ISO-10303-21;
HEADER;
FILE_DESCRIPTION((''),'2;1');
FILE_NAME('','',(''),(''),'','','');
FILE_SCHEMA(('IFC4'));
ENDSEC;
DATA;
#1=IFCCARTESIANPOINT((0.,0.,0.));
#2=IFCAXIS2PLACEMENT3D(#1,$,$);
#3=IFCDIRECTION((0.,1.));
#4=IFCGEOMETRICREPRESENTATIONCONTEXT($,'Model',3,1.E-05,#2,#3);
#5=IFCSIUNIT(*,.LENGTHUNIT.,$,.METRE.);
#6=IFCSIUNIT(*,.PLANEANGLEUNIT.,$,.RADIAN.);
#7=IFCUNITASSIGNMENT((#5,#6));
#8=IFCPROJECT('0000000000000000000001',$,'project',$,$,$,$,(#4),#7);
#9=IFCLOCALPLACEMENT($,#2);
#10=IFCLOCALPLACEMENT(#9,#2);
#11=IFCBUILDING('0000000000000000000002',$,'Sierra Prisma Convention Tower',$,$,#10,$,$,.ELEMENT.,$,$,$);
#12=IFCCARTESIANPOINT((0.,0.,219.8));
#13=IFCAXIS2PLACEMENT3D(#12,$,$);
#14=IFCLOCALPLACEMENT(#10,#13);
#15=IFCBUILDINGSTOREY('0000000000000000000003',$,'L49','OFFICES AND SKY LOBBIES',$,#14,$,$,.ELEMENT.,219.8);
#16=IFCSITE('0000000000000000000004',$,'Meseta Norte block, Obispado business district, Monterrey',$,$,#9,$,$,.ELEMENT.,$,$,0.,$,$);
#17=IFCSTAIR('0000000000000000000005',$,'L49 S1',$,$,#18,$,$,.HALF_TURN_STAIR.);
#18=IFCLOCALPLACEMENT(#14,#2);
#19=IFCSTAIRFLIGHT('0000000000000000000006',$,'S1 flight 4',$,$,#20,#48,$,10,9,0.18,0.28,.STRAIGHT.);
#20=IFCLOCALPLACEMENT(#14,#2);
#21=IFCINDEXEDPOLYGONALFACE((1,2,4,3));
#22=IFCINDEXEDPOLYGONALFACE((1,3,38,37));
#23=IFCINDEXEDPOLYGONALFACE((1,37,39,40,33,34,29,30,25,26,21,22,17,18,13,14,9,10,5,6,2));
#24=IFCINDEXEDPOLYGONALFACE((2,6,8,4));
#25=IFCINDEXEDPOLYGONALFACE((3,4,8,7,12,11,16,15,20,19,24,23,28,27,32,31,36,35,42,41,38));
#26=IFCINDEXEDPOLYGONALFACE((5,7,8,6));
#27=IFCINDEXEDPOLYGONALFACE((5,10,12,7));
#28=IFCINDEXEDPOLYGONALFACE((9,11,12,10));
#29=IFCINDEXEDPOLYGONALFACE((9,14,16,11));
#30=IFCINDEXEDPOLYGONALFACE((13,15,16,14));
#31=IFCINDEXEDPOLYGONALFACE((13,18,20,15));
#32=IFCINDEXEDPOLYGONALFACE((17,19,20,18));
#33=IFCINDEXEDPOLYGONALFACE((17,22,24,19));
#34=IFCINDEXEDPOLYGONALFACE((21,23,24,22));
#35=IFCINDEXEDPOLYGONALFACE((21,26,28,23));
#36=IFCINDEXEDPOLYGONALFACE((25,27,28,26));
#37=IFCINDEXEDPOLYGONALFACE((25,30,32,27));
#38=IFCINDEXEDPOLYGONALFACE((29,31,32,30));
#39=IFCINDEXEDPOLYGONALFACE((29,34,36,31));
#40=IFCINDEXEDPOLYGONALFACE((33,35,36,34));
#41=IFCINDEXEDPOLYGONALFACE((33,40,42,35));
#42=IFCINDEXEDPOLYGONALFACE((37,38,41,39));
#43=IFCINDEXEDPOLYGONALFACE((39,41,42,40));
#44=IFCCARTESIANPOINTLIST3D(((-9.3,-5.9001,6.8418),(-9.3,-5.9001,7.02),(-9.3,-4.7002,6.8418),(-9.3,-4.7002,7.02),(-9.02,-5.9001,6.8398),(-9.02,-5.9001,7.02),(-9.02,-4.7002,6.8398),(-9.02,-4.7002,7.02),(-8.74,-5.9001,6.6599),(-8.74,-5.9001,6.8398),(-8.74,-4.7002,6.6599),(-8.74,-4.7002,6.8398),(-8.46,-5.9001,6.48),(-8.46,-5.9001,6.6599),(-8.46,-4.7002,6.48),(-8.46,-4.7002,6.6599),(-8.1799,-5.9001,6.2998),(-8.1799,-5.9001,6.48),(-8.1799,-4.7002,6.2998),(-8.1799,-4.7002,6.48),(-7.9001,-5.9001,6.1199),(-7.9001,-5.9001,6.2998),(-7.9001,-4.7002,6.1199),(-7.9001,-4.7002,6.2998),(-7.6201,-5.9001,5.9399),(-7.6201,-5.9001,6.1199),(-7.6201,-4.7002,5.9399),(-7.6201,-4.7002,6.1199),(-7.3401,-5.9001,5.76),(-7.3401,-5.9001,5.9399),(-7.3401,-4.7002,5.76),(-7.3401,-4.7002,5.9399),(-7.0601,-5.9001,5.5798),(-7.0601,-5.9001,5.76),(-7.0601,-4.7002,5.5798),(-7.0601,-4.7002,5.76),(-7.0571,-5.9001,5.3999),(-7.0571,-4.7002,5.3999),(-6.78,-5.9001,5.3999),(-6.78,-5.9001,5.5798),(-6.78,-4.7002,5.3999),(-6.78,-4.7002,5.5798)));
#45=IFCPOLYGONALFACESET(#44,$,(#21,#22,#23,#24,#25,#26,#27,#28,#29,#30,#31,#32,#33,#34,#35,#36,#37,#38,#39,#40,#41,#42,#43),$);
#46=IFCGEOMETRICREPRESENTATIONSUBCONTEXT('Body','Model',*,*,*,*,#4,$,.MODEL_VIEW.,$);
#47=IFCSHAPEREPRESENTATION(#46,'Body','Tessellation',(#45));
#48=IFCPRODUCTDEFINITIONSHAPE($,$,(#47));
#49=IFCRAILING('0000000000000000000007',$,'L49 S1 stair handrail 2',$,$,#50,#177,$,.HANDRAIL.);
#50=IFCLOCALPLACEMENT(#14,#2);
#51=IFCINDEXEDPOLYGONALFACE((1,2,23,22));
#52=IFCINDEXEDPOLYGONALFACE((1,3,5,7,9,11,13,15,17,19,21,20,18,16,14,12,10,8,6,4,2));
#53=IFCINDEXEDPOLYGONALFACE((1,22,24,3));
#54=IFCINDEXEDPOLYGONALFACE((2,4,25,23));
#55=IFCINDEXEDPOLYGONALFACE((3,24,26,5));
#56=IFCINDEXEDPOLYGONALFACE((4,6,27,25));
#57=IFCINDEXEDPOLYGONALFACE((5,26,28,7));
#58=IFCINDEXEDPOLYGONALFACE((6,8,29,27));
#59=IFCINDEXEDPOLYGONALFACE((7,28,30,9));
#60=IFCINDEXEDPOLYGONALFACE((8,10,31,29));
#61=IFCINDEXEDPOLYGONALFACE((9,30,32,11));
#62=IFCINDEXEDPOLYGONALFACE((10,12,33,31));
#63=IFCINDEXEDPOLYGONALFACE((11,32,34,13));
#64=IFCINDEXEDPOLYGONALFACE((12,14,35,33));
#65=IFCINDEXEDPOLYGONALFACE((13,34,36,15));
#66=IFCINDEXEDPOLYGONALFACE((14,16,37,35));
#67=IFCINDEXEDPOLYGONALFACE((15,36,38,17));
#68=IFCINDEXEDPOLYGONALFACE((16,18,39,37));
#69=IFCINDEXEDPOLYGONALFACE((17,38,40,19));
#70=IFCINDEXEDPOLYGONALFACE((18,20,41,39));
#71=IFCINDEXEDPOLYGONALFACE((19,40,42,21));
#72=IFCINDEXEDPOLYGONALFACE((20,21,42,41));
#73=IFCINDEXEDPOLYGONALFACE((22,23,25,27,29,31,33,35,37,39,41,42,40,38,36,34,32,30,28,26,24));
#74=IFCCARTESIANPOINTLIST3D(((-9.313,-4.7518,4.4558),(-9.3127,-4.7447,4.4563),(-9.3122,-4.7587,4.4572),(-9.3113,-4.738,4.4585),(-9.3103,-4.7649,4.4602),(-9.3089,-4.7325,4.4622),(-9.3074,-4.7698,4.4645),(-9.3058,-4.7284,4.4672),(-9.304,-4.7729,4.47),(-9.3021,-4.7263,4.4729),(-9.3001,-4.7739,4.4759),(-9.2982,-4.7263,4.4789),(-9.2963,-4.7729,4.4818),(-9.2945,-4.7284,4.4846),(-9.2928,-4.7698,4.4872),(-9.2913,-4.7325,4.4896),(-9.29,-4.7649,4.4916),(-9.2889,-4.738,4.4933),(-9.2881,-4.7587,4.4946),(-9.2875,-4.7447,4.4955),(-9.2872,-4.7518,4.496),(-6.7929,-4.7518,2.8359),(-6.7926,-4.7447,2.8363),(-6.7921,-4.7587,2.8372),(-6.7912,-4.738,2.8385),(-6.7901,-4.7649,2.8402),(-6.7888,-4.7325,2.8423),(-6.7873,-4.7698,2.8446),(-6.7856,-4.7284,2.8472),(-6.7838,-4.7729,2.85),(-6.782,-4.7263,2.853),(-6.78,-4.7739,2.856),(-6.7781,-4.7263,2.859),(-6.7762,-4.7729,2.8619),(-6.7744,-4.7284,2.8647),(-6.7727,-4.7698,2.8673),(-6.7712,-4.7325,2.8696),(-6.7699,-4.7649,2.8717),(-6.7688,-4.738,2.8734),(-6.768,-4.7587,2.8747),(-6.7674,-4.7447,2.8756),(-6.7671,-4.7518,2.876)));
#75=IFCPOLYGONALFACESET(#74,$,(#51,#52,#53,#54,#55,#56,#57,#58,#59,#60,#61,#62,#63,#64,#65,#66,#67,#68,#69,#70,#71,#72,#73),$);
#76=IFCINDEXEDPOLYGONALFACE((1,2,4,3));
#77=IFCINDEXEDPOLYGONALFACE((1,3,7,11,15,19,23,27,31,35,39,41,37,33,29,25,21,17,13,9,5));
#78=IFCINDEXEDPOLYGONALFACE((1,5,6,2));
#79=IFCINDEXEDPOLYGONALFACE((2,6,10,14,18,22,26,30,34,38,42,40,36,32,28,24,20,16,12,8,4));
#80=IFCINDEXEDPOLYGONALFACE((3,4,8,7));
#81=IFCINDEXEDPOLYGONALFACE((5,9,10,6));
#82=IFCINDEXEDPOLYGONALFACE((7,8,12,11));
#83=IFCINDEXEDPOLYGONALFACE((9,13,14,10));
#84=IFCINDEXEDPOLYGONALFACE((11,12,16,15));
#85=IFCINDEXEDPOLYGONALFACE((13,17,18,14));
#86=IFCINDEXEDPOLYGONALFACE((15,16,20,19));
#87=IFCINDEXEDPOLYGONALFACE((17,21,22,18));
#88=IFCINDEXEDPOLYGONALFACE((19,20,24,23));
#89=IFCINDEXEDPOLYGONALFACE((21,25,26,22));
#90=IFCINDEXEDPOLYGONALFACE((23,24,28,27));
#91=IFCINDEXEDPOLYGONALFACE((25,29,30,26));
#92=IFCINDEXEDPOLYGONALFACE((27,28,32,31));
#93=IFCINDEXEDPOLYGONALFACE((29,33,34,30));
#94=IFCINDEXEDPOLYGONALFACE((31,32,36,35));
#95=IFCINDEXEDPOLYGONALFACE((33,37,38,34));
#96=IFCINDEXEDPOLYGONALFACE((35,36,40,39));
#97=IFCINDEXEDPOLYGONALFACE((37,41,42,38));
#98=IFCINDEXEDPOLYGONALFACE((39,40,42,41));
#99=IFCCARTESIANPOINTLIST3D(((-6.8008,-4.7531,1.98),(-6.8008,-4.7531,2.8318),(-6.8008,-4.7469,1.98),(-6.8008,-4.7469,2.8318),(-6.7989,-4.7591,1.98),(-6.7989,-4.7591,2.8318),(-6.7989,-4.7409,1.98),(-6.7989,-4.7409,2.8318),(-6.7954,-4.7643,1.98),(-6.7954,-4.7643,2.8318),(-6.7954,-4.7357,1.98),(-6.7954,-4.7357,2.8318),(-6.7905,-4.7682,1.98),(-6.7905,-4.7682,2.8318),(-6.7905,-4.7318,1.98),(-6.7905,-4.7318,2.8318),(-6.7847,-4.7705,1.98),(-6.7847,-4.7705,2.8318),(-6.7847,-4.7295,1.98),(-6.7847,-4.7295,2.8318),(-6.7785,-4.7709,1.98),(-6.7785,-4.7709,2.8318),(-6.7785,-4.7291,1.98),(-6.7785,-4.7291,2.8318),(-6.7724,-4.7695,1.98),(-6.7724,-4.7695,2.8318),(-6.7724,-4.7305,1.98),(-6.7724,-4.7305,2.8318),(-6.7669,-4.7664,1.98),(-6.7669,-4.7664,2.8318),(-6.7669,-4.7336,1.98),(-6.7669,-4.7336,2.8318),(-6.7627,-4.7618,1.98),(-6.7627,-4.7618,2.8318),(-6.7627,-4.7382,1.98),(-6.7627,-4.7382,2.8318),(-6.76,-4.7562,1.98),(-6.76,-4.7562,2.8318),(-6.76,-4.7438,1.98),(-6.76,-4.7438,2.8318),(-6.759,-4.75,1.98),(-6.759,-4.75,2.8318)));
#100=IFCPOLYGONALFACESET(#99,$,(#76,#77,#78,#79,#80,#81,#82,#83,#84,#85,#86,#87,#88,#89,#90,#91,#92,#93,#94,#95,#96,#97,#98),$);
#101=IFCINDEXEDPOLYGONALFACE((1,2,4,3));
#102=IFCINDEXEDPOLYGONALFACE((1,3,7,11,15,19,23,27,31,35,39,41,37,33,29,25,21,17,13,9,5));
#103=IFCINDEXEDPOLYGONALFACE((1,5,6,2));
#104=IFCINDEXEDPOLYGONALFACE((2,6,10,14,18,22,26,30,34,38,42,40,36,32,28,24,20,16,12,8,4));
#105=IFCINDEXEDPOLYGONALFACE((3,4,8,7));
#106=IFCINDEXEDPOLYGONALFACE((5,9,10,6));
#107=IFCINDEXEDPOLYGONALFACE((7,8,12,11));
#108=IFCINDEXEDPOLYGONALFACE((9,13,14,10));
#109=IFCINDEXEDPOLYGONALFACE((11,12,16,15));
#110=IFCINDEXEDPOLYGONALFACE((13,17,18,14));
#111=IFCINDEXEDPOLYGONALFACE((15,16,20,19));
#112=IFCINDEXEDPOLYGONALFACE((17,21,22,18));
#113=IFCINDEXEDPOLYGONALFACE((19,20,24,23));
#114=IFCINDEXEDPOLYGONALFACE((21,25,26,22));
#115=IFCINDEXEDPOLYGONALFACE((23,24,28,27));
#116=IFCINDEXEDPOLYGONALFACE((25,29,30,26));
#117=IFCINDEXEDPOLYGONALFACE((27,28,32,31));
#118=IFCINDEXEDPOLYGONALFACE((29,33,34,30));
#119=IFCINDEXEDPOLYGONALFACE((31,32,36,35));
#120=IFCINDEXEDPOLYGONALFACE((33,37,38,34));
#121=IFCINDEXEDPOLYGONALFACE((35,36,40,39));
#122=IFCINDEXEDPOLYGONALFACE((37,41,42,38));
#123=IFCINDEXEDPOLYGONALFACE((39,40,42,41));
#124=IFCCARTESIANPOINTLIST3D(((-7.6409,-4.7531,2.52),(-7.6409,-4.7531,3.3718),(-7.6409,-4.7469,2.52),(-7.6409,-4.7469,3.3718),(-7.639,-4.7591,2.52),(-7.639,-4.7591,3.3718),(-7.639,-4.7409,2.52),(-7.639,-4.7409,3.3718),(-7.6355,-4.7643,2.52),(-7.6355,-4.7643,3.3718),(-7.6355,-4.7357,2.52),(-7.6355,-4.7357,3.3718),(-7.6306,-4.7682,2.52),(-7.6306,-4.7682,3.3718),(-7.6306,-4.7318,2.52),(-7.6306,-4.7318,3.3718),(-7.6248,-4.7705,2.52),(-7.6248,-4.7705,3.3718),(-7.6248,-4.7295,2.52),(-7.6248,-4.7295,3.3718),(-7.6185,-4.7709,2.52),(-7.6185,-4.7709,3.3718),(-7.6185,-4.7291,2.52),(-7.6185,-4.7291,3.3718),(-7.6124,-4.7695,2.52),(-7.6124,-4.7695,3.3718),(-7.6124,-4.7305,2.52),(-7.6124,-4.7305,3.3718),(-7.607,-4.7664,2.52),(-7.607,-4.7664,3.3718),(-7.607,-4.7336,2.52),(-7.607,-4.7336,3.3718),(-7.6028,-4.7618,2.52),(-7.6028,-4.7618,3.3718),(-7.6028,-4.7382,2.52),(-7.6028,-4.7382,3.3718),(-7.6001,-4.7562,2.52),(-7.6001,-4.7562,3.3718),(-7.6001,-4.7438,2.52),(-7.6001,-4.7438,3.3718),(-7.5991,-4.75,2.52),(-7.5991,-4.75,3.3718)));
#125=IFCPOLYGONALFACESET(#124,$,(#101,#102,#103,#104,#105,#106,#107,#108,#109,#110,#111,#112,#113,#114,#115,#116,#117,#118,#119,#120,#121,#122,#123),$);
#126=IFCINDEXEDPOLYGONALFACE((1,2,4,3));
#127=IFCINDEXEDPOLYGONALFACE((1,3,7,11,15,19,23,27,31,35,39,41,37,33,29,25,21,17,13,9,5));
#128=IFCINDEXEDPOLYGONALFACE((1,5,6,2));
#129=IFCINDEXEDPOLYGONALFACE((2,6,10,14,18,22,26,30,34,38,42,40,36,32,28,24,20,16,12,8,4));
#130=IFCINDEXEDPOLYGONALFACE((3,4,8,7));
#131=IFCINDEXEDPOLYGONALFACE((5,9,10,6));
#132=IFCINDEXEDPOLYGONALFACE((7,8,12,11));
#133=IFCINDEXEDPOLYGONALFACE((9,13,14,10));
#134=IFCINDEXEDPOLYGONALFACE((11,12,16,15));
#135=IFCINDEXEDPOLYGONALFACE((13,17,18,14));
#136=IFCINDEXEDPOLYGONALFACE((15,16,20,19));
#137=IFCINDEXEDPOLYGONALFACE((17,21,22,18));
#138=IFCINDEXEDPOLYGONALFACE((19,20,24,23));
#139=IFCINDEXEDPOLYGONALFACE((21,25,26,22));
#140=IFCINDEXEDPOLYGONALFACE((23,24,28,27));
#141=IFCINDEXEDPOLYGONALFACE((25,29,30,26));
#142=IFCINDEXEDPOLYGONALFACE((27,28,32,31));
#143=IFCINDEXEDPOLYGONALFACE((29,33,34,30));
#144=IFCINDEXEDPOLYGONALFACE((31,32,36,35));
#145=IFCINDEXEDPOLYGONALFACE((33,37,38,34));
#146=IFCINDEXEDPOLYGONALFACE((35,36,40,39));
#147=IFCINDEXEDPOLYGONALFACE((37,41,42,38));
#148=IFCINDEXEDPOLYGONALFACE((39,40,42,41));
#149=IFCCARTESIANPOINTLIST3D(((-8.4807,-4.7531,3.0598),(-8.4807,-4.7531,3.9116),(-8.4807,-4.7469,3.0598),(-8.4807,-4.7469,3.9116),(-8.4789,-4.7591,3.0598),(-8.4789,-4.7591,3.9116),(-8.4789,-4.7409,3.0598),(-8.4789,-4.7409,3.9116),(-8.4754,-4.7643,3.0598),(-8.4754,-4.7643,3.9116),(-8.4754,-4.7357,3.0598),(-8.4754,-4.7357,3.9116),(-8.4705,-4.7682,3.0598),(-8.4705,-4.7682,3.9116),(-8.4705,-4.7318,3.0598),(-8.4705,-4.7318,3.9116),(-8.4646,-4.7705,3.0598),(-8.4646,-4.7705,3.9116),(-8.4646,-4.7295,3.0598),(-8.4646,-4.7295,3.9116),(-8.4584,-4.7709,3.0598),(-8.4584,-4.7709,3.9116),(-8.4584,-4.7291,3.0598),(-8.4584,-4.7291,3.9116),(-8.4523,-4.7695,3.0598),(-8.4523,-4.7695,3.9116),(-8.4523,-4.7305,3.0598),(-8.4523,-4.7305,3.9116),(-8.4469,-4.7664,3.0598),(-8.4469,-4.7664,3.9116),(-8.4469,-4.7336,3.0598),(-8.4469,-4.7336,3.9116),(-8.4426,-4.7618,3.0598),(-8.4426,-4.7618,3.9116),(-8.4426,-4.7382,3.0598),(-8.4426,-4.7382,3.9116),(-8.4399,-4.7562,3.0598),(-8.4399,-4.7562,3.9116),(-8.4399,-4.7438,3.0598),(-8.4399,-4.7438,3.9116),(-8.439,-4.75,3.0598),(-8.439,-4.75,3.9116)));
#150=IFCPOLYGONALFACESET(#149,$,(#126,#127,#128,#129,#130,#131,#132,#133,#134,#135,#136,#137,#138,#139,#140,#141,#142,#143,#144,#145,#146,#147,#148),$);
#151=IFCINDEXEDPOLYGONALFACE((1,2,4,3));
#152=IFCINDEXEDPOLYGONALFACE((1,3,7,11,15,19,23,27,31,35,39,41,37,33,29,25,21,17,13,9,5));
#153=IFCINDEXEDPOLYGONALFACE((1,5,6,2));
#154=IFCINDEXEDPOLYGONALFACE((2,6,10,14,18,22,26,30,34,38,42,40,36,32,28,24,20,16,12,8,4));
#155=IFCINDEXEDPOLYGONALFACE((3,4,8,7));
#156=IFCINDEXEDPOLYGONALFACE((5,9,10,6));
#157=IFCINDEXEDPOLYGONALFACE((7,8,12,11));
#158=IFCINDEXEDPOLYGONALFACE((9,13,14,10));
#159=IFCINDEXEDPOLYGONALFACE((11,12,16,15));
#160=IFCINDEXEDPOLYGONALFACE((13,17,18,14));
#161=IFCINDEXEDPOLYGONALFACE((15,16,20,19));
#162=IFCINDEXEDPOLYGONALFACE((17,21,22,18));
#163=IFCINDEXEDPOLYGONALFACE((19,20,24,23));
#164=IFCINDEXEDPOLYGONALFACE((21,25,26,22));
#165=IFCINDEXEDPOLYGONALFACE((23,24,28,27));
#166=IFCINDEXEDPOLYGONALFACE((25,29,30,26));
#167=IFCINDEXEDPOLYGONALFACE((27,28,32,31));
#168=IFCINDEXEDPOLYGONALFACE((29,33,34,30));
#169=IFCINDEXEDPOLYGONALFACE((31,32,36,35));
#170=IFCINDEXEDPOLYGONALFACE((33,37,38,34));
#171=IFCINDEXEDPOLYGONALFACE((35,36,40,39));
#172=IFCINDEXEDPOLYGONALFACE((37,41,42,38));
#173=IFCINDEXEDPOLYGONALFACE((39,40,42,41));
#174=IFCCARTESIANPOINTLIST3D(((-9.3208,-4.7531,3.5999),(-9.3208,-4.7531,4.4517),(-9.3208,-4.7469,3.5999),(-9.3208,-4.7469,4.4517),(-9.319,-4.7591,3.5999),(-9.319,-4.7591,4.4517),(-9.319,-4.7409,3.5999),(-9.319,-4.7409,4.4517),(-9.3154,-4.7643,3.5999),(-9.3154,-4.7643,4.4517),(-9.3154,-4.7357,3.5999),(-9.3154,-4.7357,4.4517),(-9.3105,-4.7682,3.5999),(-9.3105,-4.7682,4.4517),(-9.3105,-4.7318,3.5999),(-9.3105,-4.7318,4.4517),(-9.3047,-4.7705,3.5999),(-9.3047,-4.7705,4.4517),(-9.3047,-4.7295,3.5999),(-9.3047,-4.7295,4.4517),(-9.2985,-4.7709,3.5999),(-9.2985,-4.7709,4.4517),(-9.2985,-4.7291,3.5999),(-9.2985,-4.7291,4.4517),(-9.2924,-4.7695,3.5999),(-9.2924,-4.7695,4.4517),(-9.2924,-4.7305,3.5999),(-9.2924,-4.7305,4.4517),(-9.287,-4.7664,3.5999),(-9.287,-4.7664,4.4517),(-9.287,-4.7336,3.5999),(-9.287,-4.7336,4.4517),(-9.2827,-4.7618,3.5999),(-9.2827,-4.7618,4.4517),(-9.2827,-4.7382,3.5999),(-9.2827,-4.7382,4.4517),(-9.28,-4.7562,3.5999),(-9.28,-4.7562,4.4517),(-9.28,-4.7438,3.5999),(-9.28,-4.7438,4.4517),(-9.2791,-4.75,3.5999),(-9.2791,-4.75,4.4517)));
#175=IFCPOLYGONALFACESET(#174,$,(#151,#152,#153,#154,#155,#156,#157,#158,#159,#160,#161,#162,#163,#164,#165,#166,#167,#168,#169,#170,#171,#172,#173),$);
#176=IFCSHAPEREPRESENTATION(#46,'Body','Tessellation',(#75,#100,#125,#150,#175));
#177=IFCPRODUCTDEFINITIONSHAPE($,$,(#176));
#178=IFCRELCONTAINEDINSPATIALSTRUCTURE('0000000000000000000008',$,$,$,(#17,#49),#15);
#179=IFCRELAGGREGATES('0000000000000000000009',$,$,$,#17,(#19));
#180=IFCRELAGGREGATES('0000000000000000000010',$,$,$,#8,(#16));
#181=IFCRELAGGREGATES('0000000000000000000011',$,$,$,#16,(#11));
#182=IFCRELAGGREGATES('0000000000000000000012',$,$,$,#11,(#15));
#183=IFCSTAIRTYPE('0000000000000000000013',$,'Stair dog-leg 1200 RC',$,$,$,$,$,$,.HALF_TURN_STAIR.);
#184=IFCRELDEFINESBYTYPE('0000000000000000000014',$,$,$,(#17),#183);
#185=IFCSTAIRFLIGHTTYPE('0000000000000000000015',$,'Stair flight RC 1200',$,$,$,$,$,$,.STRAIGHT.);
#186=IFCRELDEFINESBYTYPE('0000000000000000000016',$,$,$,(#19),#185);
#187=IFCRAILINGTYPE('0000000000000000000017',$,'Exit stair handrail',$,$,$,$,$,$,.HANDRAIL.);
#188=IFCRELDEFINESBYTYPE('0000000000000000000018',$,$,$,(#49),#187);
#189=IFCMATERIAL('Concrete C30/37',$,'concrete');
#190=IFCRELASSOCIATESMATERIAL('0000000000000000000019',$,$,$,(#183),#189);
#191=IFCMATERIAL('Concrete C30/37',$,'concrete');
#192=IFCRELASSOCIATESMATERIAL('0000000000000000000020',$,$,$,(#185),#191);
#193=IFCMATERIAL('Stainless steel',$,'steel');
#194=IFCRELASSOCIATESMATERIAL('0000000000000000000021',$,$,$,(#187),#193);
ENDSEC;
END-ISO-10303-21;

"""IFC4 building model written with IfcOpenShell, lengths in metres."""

from ifc_helpers import new_model, si_unit, direction, frame, origin, origin_2d, place, context, subcontext, project, spatial, polyline, circle, outline, extrude, material, type_object, element, aggregate, save


model = new_model("IFC4")

# Units and contexts
model_context = context("Model", 3, precision=1e-05, world=origin(), true_north=direction((0.0, 1.0)))
body_context = subcontext(model_context, "Body", "Model", "MODEL_VIEW")
ifc_project = project(units=[si_unit("LENGTHUNIT", "METRE"), si_unit("PLANEANGLEUNIT", "RADIAN")], contexts=[model_context])

# Site, building, storey
site_placement = place(None, origin())
site = spatial("IfcSite", under=ifc_project, at=site_placement, Name="Meseta Norte block, Obispado business district, Monterrey", CompositionType="ELEMENT", RefElevation=0.0)
building_placement = place(site_placement, origin())
building = spatial("IfcBuilding", under=site, at=building_placement, Name="Sierra Prisma Convention Tower", CompositionType="ELEMENT")
storey_placement = place(building_placement, frame((0.0, 0.0, 219.8)))
storey = spatial("IfcBuildingStorey", under=building, at=storey_placement, Name="L49", Description="OFFICES AND SKY LOBBIES", CompositionType="ELEMENT", Elevation=219.8)

# Stair, stair flight
ifc_material_1 = material(Name="Concrete C30/37", Category="concrete")
stair_type = type_object("IfcStairType", Name="Stair dog-leg 1200 RC", PredefinedType="HALF_TURN_STAIR", material=ifc_material_1)
stair_placement = place(storey_placement, origin())
stair = element("IfcStair", 1, at=stair_placement, inside=storey, type_object=stair_type, Name="L49 S1", PredefinedType="HALF_TURN_STAIR")
ifc_material_2 = material(Name="Concrete C30/37", Category="concrete")
stair_flight_type = type_object("IfcStairFlightType", Name="Stair flight RC 1200", PredefinedType="STRAIGHT", material=ifc_material_2)
stair_flight_1_placement = place(storey_placement, frame((-6.78, -5.3, 5.3999), z_axis=(0.0, 0.0, 1.0), x_axis=(-1.0, 0.0, 0.0)))
stair_flight_1 = element("IfcStairFlight", 2, at=stair_flight_1_placement, type_object=stair_flight_type, Name="S1 flight 4", NumberOfRisers=10, NumberOfTreads=9, PredefinedType="STRAIGHT", RiserHeight=0.18, TreadLength=0.28, context=body_context, shape_type="SweptSolid", body=[
    extrude(outline(polyline([(0.0, 0.0), (0.0, 0.1799), (0.28, 0.1799), (0.28, 0.3601), (0.5601, 0.3601), (0.5601, 0.54), (0.8401, 0.54), (0.8401, 0.72), (1.1201, 0.72), (1.1201, 0.8999), (1.3999, 0.8999), (1.3999, 1.0801), (1.6799, 1.0801), (1.6799, 1.26), (1.96, 1.26), (1.96, 1.4399), (2.24, 1.4399), (2.24, 1.6201), (2.52, 1.6201), (2.52, 1.8), (2.52, 1.4419), (0.2771, 0.0), (0.0, 0.0)])), frame((0.0, 0.6001, 0.0), z_axis=(0.0, -1.0, 0.0), x_axis=(1.0, 0.0, 0.0)), (0.0, 0.0, 1.0), 1.2),
])
aggregate(stair, [stair_flight_1])

# Railing
ifc_material_3 = material(Name="Stainless steel", Category="steel")
railing_type_1 = type_object("IfcRailingType", Name="Exit stair handrail", PredefinedType="HANDRAIL", material=ifc_material_3)
railing_1_placement = place(storey_placement, frame((-6.78, -4.75, 1.98)))
element("IfcRailing", 3, at=railing_1_placement, inside=storey, type_object=railing_type_1, Name="L49 S1 stair handrail 2", PredefinedType="HANDRAIL", context=body_context, shape_type="SweptSolid", body=[
    extrude(circle(Radius=0.0239, at=origin_2d()), frame((0.0, 0.0, 0.876), z_axis=(-0.8412, 0.0, 0.540725), x_axis=(0.0, -1.0, 0.0)), (0.0, 0.0, 1.0), 2.9958),
    extrude(circle(Radius=0.021, at=origin_2d()), origin(), (0.0, 0.0, 1.0), 0.8518),
    extrude(circle(Radius=0.021, at=origin_2d()), frame((-0.8401, 0.0, 0.54)), (0.0, 0.0, 1.0), 0.8518),
    extrude(circle(Radius=0.021, at=origin_2d()), frame((-1.6799, 0.0, 1.0798)), (0.0, 0.0, 1.0), 0.8518),
    extrude(circle(Radius=0.021, at=origin_2d()), frame((-2.52, 0.0, 1.6199)), (0.0, 0.0, 1.0), 0.8518),
])

save(model, "model.ifc")
